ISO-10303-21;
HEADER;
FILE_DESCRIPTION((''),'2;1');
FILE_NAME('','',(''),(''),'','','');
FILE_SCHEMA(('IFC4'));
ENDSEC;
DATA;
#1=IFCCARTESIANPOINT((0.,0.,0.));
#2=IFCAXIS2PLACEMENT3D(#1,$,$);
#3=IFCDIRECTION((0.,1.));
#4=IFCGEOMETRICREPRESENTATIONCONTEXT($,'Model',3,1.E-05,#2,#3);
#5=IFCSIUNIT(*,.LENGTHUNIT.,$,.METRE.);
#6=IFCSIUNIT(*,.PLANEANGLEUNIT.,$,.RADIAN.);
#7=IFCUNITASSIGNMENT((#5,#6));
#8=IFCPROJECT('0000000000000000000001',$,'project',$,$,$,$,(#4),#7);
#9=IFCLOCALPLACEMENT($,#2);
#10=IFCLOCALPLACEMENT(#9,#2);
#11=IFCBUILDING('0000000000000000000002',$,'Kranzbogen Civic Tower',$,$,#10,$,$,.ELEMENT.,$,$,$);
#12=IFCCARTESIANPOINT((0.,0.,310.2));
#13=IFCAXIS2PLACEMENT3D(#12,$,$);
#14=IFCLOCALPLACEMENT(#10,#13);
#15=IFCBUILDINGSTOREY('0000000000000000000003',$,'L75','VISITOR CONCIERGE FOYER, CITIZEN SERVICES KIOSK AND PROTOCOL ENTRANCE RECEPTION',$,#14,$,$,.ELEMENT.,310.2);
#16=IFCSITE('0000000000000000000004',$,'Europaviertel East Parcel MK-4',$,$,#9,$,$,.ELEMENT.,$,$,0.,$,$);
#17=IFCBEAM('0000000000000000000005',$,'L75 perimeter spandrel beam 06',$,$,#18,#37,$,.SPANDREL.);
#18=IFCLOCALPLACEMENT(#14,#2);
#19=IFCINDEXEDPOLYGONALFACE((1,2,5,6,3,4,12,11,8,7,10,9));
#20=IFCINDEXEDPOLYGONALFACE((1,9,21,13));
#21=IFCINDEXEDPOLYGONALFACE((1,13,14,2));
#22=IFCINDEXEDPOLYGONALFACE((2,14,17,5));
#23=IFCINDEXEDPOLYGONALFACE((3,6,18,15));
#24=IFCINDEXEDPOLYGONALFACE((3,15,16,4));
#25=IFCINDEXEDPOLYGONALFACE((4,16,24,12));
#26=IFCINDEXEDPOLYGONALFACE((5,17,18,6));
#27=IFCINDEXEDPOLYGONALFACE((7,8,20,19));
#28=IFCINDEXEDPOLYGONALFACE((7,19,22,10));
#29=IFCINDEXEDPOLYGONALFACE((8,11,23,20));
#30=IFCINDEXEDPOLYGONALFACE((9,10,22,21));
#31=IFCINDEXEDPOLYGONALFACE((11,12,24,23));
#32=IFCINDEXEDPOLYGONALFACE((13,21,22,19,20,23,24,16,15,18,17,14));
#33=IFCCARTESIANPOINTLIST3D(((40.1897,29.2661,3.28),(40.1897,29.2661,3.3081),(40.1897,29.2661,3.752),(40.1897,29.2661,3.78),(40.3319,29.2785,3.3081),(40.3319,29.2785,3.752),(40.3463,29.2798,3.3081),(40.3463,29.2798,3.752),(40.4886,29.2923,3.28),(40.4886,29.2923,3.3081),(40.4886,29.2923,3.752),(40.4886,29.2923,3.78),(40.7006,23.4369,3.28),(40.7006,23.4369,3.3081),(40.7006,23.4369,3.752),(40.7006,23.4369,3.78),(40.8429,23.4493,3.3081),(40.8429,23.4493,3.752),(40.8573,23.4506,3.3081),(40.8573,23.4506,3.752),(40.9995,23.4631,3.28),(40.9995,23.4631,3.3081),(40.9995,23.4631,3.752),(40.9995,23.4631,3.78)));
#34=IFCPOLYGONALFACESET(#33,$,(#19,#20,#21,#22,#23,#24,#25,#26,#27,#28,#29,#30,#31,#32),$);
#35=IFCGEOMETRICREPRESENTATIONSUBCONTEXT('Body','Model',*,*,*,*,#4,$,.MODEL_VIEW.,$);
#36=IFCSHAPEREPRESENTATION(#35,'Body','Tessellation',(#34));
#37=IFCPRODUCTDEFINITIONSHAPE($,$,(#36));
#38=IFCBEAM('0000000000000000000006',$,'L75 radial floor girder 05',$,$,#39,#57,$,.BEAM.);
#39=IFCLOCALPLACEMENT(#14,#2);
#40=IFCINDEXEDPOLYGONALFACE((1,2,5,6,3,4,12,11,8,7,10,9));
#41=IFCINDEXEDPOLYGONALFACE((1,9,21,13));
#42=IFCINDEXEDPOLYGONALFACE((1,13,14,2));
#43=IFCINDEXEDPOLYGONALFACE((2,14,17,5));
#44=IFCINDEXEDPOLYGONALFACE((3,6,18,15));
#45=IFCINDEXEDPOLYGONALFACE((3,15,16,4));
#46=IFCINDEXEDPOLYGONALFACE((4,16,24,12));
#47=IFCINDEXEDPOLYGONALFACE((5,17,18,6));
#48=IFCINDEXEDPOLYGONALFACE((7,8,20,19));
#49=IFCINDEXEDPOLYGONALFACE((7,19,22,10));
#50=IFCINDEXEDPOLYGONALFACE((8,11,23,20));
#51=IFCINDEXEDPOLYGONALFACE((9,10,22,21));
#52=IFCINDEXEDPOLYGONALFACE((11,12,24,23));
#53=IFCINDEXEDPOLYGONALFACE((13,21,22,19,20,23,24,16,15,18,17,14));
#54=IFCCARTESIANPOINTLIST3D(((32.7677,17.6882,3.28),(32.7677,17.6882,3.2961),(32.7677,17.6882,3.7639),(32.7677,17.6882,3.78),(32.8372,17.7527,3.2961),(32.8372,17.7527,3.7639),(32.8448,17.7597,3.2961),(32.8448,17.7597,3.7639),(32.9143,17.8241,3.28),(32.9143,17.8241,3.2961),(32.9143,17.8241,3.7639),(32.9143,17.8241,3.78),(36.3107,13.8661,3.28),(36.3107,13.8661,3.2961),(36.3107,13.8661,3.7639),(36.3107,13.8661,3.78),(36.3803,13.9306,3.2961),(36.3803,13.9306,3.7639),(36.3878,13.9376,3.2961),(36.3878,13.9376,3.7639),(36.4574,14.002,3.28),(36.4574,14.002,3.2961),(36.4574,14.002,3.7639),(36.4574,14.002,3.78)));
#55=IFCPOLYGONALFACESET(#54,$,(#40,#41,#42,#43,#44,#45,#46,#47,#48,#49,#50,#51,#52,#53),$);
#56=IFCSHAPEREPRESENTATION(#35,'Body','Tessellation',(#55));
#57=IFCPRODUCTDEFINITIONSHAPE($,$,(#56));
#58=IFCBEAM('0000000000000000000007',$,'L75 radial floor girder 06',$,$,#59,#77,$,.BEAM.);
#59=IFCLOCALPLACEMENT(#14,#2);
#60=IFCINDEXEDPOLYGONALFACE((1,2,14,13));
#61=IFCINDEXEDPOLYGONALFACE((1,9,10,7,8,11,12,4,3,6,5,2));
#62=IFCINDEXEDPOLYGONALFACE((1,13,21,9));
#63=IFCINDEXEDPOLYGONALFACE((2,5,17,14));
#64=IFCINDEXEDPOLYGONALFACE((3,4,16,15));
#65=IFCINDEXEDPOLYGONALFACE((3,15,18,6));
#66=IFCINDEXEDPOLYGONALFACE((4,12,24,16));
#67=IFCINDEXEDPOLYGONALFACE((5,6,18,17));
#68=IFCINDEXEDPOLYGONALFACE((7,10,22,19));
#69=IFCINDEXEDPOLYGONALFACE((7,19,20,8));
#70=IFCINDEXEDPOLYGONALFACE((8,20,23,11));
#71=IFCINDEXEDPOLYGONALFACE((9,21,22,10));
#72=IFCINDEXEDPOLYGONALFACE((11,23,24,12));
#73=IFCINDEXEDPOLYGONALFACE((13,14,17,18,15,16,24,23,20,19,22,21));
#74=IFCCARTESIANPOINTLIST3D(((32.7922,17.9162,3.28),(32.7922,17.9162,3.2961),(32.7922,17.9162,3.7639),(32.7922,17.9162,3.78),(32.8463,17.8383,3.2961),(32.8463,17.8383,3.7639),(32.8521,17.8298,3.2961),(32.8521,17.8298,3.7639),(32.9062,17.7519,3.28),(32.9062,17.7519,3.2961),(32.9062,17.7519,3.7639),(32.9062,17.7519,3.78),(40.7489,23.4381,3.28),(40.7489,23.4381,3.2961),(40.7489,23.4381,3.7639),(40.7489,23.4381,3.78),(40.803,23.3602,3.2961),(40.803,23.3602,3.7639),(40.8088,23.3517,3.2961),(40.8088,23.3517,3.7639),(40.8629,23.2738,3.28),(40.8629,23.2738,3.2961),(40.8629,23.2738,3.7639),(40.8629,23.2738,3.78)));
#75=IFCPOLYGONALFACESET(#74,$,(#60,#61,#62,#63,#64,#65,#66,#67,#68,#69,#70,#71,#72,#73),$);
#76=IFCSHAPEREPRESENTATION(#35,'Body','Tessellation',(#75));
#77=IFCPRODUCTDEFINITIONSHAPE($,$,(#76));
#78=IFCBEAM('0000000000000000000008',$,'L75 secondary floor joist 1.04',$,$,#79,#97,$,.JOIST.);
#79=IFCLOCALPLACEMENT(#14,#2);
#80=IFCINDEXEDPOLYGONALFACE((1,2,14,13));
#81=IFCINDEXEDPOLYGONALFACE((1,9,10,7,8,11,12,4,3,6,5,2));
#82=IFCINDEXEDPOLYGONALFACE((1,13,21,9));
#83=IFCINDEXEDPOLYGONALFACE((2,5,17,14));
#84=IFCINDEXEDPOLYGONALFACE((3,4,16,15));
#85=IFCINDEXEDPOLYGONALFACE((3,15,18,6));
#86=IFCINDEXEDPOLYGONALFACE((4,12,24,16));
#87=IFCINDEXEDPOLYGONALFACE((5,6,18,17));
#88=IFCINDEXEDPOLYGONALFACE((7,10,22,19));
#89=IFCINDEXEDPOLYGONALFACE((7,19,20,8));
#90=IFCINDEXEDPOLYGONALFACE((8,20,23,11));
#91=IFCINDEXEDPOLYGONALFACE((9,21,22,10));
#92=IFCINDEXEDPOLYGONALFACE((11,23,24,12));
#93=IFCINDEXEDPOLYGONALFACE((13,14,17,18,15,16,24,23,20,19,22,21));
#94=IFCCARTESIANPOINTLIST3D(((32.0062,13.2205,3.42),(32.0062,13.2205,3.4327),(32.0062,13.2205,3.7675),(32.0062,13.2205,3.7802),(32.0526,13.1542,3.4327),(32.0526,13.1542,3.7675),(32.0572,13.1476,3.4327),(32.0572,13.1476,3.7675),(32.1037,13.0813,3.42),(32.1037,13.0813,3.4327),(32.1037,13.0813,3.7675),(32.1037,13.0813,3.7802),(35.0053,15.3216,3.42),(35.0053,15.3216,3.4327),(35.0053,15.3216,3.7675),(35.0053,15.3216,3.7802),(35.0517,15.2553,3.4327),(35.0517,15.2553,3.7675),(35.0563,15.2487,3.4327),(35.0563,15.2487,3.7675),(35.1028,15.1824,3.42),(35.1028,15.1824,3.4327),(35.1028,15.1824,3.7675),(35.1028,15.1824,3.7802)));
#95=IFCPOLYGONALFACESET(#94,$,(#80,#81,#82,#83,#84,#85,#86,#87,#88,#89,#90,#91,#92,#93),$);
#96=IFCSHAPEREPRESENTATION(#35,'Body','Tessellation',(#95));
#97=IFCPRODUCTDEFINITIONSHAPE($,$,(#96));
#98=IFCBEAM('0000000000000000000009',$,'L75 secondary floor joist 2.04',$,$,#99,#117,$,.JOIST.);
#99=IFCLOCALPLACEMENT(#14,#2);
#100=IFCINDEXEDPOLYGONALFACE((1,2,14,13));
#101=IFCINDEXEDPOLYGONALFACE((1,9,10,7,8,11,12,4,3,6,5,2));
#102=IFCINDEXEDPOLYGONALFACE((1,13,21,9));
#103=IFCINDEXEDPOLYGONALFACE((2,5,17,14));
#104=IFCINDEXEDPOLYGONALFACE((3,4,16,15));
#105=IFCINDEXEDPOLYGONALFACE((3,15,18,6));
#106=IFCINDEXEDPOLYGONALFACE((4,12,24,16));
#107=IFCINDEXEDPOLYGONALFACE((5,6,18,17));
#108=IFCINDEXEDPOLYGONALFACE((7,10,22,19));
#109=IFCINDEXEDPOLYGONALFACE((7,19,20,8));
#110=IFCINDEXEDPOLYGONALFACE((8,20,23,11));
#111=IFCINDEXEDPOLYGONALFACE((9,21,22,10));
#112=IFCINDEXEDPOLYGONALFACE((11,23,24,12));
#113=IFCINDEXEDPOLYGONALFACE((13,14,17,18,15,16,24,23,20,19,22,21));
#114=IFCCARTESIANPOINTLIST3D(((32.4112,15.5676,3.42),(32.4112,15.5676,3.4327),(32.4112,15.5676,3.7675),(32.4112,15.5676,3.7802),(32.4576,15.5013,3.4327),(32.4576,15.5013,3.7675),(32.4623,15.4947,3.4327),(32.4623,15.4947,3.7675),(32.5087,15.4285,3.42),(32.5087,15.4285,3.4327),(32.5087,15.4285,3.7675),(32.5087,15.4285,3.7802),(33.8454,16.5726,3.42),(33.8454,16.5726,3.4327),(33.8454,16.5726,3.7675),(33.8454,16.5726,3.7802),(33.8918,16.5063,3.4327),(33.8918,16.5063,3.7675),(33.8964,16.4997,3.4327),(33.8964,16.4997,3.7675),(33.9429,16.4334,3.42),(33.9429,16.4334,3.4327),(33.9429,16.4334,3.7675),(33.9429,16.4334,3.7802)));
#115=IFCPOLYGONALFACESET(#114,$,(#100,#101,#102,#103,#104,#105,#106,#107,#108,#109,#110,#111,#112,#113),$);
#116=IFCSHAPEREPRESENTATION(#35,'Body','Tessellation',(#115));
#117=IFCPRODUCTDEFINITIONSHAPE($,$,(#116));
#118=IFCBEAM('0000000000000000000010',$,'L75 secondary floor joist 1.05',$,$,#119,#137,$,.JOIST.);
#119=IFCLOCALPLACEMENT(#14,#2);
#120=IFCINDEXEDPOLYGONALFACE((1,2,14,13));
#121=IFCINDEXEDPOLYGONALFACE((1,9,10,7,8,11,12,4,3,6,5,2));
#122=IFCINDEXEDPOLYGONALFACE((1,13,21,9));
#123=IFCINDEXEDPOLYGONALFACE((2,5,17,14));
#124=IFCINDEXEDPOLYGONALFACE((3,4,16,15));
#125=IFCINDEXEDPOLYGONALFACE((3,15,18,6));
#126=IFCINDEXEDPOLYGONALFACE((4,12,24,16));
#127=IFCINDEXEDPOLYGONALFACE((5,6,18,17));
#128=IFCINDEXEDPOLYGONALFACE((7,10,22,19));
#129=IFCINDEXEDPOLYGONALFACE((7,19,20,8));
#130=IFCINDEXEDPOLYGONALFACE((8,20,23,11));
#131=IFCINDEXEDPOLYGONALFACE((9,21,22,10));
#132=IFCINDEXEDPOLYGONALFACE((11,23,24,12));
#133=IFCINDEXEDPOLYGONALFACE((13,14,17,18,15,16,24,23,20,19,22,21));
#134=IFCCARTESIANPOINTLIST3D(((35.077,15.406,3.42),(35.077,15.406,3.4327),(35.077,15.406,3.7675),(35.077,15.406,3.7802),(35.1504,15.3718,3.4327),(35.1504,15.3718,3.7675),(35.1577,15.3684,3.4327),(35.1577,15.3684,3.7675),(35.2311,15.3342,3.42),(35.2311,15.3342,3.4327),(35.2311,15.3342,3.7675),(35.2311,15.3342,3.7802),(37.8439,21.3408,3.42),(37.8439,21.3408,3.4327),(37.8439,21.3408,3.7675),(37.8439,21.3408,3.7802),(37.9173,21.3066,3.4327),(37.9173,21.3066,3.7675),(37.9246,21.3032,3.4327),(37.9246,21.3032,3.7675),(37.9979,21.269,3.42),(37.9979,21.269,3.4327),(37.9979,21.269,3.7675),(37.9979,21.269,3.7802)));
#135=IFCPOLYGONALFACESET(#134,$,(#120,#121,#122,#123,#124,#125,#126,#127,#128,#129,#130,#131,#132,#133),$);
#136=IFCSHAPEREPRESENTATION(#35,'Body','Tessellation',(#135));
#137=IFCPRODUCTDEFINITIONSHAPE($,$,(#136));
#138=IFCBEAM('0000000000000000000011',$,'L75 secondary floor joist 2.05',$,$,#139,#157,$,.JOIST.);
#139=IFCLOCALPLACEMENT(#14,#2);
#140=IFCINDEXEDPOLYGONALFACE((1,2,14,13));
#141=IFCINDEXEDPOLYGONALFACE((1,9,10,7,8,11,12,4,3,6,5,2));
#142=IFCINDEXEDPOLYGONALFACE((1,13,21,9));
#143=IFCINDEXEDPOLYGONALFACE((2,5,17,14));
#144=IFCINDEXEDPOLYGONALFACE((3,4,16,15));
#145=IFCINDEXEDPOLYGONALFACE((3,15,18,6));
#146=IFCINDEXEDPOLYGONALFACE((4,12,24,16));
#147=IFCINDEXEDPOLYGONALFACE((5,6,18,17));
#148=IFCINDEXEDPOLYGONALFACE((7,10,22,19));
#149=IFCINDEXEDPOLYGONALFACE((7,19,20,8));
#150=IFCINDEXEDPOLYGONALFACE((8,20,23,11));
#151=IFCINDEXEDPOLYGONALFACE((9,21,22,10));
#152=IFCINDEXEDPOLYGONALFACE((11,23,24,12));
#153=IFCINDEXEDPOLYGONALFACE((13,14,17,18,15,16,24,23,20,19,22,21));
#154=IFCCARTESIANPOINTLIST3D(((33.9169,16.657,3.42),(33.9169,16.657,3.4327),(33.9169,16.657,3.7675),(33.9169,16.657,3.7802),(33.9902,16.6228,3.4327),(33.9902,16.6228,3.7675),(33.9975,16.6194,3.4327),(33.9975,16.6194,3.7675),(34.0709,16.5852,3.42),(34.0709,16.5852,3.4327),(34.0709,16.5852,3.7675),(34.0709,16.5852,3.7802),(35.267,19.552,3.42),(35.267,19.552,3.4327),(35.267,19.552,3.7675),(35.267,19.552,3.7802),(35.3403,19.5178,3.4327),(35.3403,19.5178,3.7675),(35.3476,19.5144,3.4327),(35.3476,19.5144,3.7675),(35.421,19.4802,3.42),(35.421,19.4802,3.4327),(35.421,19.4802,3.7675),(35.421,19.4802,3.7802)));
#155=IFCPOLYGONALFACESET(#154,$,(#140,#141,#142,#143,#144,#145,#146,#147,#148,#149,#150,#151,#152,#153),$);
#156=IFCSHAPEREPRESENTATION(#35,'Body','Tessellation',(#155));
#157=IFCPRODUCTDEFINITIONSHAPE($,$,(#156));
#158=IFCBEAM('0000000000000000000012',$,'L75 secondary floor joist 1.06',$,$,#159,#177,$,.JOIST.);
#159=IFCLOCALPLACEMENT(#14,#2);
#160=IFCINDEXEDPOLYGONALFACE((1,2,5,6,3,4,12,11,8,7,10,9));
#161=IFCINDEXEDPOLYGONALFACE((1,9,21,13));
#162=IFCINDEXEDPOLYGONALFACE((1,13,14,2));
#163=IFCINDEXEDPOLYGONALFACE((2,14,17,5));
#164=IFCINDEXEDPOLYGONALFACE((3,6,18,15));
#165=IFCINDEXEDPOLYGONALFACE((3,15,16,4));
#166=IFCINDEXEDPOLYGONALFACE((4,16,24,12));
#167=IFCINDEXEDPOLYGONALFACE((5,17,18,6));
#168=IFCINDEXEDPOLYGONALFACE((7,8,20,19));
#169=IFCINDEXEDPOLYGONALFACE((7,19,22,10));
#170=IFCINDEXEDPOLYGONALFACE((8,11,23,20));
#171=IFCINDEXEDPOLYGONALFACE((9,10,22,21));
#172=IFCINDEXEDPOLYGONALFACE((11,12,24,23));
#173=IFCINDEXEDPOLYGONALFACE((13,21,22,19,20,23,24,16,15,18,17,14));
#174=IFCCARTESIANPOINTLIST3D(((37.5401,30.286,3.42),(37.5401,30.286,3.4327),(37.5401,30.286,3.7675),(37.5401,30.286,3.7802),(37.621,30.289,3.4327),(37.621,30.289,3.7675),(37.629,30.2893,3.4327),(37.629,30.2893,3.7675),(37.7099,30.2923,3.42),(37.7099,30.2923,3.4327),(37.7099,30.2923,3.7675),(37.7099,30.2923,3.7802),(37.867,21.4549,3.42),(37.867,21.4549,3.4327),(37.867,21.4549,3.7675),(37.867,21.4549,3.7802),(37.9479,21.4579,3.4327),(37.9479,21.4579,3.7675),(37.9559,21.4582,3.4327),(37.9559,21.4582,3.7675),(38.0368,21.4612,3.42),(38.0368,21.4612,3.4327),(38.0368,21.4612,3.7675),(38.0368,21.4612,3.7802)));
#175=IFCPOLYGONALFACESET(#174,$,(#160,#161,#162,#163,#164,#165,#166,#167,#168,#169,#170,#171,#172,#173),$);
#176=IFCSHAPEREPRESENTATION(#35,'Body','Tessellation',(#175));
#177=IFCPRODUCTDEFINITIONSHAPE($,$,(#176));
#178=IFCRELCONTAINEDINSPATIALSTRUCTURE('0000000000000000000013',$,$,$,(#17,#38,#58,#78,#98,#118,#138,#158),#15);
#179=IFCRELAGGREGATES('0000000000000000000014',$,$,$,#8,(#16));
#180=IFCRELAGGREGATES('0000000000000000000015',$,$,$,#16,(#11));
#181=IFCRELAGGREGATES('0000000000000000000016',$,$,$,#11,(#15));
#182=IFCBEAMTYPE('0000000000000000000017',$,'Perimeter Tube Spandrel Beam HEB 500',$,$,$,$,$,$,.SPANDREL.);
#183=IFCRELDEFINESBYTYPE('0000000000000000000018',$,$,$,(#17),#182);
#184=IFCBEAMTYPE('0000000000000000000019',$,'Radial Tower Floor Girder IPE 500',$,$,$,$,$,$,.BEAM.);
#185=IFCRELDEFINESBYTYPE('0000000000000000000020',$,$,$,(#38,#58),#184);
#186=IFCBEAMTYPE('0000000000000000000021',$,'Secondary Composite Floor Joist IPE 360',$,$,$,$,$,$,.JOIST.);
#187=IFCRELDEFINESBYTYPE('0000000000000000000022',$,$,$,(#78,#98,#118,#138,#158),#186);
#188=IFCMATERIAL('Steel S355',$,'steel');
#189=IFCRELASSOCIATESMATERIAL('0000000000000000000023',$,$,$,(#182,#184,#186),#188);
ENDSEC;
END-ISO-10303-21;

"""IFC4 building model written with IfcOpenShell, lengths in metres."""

from ifc_helpers import new_model, si_unit, direction, frame, origin, origin_2d, place, context, subcontext, project, spatial, i_section, extrude, material, material_profile, profile_set, type_object, element, save


model = new_model("IFC4")

# Units and contexts
model_context = context("Model", 3, precision=1e-05, world=origin(), true_north=direction((0.0, 1.0)))
body_context = subcontext(model_context, "Body", "Model", "MODEL_VIEW")
ifc_project = project(units=[si_unit("LENGTHUNIT", "METRE"), si_unit("PLANEANGLEUNIT", "RADIAN")], contexts=[model_context])

# Site, building, storey
site_placement = place(None, origin())
site = spatial("IfcSite", under=ifc_project, at=site_placement, Name="Europaviertel East Parcel MK-4", CompositionType="ELEMENT", RefElevation=0.0)
building_placement = place(site_placement, origin())
building = spatial("IfcBuilding", under=site, at=building_placement, Name="Kranzbogen Civic Tower", CompositionType="ELEMENT")
storey_placement = place(building_placement, frame((0.0, 0.0, 310.2)))
storey = spatial("IfcBuildingStorey", under=building, at=storey_placement, Name="L75", Description="VISITOR CONCIERGE FOYER, CITIZEN SERVICES KIOSK AND PROTOCOL ENTRANCE RECEPTION", CompositionType="ELEMENT", Elevation=310.2)

# Shared definitions
ifc_material_1 = material(Name="Steel S355", Category="steel")

# Beams
ifc_material_profile_1 = material_profile(ifc_material_1, i_section(OverallWidth=0.3, OverallDepth=0.5, WebThickness=0.0144, FlangeThickness=0.0281, at=origin_2d()), Name="HEB 500")
ifc_profile_set_1 = profile_set([ifc_material_profile_1], Name="Steel S355")
beam_type_1 = type_object("IfcBeamType", Name="Perimeter Tube Spandrel Beam HEB 500", PredefinedType="SPANDREL", material=ifc_profile_set_1)
beam_1_placement = place(storey_placement, frame((40.8501, 23.45, 3.53), z_axis=(-0.087326, 0.99618, 0.0), x_axis=(-0.99618, -0.087326, 0.0)))
element("IfcBeam", 1, at=beam_1_placement, inside=storey, type_object=beam_type_1, Name="L75 perimeter spandrel beam 06", PredefinedType="SPANDREL", context=body_context, shape_type="SweptSolid", body=[
    extrude(i_section(OverallWidth=0.3, OverallDepth=0.5, WebThickness=0.0144, FlangeThickness=0.0281, at=origin_2d()), origin(), (0.0, 0.0, 1.0), 5.8516),
])
ifc_material_profile_2 = material_profile(ifc_material_1, i_section(OverallWidth=0.2, OverallDepth=0.5, WebThickness=0.0103, FlangeThickness=0.0161, at=origin_2d()), Name="IPE 500")
ifc_profile_set_2 = profile_set([ifc_material_profile_2], Name="Steel S355")
beam_type_2 = type_object("IfcBeamType", Name="Radial Tower Floor Girder IPE 500", PredefinedType="BEAM", material=ifc_profile_set_2)
beam_2_placement = place(storey_placement, frame((36.384, 13.9341, 3.53), z_axis=(-0.679827, 0.733372, 0.0), x_axis=(-0.733372, -0.679827, 0.0)))
element("IfcBeam", 2, at=beam_2_placement, inside=storey, type_object=beam_type_2, Name="L75 radial floor girder 05", PredefinedType="BEAM", context=body_context, shape_type="SweptSolid", body=[
    extrude(i_section(OverallWidth=0.2, OverallDepth=0.5, WebThickness=0.0103, FlangeThickness=0.0161, at=origin_2d()), origin(), (0.0, 0.0, 1.0), 5.2117),
])
beam_3_placement = place(storey_placement, frame((40.8059, 23.356, 3.53), z_axis=(-0.821543, -0.570147, 0.0), x_axis=(0.570147, -0.821543, 0.0)))
element("IfcBeam", 3, at=beam_3_placement, inside=storey, type_object=beam_type_2, Name="L75 radial floor girder 06", PredefinedType="BEAM", context=body_context, shape_type="SweptSolid", body=[
    extrude(i_section(OverallWidth=0.2, OverallDepth=0.5, WebThickness=0.0103, FlangeThickness=0.0161, at=origin_2d()), origin(), (0.0, 0.0, 1.0), 9.6851),
])
ifc_material_profile_3 = material_profile(ifc_material_1, i_section(OverallWidth=0.1699, OverallDepth=0.3601, WebThickness=0.0081, FlangeThickness=0.0127, at=origin_2d()), Name="IPE 360")
ifc_profile_set_3 = profile_set([ifc_material_profile_3], Name="Steel S355")
beam_type_3 = type_object("IfcBeamType", Name="Secondary Composite Floor Joist IPE 360", PredefinedType="JOIST", material=ifc_profile_set_3)
beam_4_placement = place(storey_placement, frame((32.0549, 13.1509, 3.6001), z_axis=(0.819006, 0.573784, 0.0), x_axis=(-0.573784, 0.819006, 0.0)))
element("IfcBeam", 4, at=beam_4_placement, inside=storey, type_object=beam_type_3, Name="L75 secondary floor joist 1.04", PredefinedType="JOIST", context=body_context, shape_type="SweptSolid", body=[
    extrude(i_section(OverallWidth=0.1699, OverallDepth=0.3601, WebThickness=0.0081, FlangeThickness=0.0127, at=origin_2d()), origin(), (0.0, 0.0, 1.0), 3.6619),
])
beam_5_placement = place(storey_placement, frame((32.46, 15.498, 3.6001), z_axis=(0.818957, 0.573855, 0.0), x_axis=(-0.573855, 0.818957, 0.0)))
element("IfcBeam", 5, at=beam_5_placement, inside=storey, type_object=beam_type_3, Name="L75 secondary floor joist 2.04", PredefinedType="JOIST", context=body_context, shape_type="SweptSolid", body=[
    extrude(i_section(OverallWidth=0.1699, OverallDepth=0.3601, WebThickness=0.0081, FlangeThickness=0.0127, at=origin_2d()), origin(), (0.0, 0.0, 1.0), 1.7512),
])
beam_6_placement = place(storey_placement, frame((35.1541, 15.3701, 3.6001), z_axis=(0.422543, 0.906343, 0.0), x_axis=(-0.906343, 0.422543, 0.0)))
element("IfcBeam", 6, at=beam_6_placement, inside=storey, type_object=beam_type_3, Name="L75 secondary floor joist 1.05", PredefinedType="JOIST", context=body_context, shape_type="SweptSolid", body=[
    extrude(i_section(OverallWidth=0.1699, OverallDepth=0.3601, WebThickness=0.0081, FlangeThickness=0.0127, at=origin_2d()), origin(), (0.0, 0.0, 1.0), 6.5481),
])
beam_7_placement = place(storey_placement, frame((33.9939, 16.6211, 3.6001), z_axis=(0.422651, 0.906292, 0.0), x_axis=(-0.906292, 0.422651, 0.0)))
element("IfcBeam", 7, at=beam_7_placement, inside=storey, type_object=beam_type_3, Name="L75 secondary floor joist 2.05", PredefinedType="JOIST", context=body_context, shape_type="SweptSolid", body=[
    extrude(i_section(OverallWidth=0.1699, OverallDepth=0.3601, WebThickness=0.0081, FlangeThickness=0.0127, at=origin_2d()), origin(), (0.0, 0.0, 1.0), 3.1943),
])
beam_8_placement = place(storey_placement, frame((37.9519, 21.458, 3.6001), z_axis=(-0.036992, 0.999316, 0.0), x_axis=(-0.999316, -0.036992, 0.0)))
element("IfcBeam", 8, at=beam_8_placement, inside=storey, type_object=beam_type_3, Name="L75 secondary floor joist 1.06", PredefinedType="JOIST", context=body_context, shape_type="SweptSolid", body=[
    extrude(i_section(OverallWidth=0.1699, OverallDepth=0.3601, WebThickness=0.0081, FlangeThickness=0.0127, at=origin_2d()), origin(), (0.0, 0.0, 1.0), 8.8372),
])

save(model, "model.ifc")
